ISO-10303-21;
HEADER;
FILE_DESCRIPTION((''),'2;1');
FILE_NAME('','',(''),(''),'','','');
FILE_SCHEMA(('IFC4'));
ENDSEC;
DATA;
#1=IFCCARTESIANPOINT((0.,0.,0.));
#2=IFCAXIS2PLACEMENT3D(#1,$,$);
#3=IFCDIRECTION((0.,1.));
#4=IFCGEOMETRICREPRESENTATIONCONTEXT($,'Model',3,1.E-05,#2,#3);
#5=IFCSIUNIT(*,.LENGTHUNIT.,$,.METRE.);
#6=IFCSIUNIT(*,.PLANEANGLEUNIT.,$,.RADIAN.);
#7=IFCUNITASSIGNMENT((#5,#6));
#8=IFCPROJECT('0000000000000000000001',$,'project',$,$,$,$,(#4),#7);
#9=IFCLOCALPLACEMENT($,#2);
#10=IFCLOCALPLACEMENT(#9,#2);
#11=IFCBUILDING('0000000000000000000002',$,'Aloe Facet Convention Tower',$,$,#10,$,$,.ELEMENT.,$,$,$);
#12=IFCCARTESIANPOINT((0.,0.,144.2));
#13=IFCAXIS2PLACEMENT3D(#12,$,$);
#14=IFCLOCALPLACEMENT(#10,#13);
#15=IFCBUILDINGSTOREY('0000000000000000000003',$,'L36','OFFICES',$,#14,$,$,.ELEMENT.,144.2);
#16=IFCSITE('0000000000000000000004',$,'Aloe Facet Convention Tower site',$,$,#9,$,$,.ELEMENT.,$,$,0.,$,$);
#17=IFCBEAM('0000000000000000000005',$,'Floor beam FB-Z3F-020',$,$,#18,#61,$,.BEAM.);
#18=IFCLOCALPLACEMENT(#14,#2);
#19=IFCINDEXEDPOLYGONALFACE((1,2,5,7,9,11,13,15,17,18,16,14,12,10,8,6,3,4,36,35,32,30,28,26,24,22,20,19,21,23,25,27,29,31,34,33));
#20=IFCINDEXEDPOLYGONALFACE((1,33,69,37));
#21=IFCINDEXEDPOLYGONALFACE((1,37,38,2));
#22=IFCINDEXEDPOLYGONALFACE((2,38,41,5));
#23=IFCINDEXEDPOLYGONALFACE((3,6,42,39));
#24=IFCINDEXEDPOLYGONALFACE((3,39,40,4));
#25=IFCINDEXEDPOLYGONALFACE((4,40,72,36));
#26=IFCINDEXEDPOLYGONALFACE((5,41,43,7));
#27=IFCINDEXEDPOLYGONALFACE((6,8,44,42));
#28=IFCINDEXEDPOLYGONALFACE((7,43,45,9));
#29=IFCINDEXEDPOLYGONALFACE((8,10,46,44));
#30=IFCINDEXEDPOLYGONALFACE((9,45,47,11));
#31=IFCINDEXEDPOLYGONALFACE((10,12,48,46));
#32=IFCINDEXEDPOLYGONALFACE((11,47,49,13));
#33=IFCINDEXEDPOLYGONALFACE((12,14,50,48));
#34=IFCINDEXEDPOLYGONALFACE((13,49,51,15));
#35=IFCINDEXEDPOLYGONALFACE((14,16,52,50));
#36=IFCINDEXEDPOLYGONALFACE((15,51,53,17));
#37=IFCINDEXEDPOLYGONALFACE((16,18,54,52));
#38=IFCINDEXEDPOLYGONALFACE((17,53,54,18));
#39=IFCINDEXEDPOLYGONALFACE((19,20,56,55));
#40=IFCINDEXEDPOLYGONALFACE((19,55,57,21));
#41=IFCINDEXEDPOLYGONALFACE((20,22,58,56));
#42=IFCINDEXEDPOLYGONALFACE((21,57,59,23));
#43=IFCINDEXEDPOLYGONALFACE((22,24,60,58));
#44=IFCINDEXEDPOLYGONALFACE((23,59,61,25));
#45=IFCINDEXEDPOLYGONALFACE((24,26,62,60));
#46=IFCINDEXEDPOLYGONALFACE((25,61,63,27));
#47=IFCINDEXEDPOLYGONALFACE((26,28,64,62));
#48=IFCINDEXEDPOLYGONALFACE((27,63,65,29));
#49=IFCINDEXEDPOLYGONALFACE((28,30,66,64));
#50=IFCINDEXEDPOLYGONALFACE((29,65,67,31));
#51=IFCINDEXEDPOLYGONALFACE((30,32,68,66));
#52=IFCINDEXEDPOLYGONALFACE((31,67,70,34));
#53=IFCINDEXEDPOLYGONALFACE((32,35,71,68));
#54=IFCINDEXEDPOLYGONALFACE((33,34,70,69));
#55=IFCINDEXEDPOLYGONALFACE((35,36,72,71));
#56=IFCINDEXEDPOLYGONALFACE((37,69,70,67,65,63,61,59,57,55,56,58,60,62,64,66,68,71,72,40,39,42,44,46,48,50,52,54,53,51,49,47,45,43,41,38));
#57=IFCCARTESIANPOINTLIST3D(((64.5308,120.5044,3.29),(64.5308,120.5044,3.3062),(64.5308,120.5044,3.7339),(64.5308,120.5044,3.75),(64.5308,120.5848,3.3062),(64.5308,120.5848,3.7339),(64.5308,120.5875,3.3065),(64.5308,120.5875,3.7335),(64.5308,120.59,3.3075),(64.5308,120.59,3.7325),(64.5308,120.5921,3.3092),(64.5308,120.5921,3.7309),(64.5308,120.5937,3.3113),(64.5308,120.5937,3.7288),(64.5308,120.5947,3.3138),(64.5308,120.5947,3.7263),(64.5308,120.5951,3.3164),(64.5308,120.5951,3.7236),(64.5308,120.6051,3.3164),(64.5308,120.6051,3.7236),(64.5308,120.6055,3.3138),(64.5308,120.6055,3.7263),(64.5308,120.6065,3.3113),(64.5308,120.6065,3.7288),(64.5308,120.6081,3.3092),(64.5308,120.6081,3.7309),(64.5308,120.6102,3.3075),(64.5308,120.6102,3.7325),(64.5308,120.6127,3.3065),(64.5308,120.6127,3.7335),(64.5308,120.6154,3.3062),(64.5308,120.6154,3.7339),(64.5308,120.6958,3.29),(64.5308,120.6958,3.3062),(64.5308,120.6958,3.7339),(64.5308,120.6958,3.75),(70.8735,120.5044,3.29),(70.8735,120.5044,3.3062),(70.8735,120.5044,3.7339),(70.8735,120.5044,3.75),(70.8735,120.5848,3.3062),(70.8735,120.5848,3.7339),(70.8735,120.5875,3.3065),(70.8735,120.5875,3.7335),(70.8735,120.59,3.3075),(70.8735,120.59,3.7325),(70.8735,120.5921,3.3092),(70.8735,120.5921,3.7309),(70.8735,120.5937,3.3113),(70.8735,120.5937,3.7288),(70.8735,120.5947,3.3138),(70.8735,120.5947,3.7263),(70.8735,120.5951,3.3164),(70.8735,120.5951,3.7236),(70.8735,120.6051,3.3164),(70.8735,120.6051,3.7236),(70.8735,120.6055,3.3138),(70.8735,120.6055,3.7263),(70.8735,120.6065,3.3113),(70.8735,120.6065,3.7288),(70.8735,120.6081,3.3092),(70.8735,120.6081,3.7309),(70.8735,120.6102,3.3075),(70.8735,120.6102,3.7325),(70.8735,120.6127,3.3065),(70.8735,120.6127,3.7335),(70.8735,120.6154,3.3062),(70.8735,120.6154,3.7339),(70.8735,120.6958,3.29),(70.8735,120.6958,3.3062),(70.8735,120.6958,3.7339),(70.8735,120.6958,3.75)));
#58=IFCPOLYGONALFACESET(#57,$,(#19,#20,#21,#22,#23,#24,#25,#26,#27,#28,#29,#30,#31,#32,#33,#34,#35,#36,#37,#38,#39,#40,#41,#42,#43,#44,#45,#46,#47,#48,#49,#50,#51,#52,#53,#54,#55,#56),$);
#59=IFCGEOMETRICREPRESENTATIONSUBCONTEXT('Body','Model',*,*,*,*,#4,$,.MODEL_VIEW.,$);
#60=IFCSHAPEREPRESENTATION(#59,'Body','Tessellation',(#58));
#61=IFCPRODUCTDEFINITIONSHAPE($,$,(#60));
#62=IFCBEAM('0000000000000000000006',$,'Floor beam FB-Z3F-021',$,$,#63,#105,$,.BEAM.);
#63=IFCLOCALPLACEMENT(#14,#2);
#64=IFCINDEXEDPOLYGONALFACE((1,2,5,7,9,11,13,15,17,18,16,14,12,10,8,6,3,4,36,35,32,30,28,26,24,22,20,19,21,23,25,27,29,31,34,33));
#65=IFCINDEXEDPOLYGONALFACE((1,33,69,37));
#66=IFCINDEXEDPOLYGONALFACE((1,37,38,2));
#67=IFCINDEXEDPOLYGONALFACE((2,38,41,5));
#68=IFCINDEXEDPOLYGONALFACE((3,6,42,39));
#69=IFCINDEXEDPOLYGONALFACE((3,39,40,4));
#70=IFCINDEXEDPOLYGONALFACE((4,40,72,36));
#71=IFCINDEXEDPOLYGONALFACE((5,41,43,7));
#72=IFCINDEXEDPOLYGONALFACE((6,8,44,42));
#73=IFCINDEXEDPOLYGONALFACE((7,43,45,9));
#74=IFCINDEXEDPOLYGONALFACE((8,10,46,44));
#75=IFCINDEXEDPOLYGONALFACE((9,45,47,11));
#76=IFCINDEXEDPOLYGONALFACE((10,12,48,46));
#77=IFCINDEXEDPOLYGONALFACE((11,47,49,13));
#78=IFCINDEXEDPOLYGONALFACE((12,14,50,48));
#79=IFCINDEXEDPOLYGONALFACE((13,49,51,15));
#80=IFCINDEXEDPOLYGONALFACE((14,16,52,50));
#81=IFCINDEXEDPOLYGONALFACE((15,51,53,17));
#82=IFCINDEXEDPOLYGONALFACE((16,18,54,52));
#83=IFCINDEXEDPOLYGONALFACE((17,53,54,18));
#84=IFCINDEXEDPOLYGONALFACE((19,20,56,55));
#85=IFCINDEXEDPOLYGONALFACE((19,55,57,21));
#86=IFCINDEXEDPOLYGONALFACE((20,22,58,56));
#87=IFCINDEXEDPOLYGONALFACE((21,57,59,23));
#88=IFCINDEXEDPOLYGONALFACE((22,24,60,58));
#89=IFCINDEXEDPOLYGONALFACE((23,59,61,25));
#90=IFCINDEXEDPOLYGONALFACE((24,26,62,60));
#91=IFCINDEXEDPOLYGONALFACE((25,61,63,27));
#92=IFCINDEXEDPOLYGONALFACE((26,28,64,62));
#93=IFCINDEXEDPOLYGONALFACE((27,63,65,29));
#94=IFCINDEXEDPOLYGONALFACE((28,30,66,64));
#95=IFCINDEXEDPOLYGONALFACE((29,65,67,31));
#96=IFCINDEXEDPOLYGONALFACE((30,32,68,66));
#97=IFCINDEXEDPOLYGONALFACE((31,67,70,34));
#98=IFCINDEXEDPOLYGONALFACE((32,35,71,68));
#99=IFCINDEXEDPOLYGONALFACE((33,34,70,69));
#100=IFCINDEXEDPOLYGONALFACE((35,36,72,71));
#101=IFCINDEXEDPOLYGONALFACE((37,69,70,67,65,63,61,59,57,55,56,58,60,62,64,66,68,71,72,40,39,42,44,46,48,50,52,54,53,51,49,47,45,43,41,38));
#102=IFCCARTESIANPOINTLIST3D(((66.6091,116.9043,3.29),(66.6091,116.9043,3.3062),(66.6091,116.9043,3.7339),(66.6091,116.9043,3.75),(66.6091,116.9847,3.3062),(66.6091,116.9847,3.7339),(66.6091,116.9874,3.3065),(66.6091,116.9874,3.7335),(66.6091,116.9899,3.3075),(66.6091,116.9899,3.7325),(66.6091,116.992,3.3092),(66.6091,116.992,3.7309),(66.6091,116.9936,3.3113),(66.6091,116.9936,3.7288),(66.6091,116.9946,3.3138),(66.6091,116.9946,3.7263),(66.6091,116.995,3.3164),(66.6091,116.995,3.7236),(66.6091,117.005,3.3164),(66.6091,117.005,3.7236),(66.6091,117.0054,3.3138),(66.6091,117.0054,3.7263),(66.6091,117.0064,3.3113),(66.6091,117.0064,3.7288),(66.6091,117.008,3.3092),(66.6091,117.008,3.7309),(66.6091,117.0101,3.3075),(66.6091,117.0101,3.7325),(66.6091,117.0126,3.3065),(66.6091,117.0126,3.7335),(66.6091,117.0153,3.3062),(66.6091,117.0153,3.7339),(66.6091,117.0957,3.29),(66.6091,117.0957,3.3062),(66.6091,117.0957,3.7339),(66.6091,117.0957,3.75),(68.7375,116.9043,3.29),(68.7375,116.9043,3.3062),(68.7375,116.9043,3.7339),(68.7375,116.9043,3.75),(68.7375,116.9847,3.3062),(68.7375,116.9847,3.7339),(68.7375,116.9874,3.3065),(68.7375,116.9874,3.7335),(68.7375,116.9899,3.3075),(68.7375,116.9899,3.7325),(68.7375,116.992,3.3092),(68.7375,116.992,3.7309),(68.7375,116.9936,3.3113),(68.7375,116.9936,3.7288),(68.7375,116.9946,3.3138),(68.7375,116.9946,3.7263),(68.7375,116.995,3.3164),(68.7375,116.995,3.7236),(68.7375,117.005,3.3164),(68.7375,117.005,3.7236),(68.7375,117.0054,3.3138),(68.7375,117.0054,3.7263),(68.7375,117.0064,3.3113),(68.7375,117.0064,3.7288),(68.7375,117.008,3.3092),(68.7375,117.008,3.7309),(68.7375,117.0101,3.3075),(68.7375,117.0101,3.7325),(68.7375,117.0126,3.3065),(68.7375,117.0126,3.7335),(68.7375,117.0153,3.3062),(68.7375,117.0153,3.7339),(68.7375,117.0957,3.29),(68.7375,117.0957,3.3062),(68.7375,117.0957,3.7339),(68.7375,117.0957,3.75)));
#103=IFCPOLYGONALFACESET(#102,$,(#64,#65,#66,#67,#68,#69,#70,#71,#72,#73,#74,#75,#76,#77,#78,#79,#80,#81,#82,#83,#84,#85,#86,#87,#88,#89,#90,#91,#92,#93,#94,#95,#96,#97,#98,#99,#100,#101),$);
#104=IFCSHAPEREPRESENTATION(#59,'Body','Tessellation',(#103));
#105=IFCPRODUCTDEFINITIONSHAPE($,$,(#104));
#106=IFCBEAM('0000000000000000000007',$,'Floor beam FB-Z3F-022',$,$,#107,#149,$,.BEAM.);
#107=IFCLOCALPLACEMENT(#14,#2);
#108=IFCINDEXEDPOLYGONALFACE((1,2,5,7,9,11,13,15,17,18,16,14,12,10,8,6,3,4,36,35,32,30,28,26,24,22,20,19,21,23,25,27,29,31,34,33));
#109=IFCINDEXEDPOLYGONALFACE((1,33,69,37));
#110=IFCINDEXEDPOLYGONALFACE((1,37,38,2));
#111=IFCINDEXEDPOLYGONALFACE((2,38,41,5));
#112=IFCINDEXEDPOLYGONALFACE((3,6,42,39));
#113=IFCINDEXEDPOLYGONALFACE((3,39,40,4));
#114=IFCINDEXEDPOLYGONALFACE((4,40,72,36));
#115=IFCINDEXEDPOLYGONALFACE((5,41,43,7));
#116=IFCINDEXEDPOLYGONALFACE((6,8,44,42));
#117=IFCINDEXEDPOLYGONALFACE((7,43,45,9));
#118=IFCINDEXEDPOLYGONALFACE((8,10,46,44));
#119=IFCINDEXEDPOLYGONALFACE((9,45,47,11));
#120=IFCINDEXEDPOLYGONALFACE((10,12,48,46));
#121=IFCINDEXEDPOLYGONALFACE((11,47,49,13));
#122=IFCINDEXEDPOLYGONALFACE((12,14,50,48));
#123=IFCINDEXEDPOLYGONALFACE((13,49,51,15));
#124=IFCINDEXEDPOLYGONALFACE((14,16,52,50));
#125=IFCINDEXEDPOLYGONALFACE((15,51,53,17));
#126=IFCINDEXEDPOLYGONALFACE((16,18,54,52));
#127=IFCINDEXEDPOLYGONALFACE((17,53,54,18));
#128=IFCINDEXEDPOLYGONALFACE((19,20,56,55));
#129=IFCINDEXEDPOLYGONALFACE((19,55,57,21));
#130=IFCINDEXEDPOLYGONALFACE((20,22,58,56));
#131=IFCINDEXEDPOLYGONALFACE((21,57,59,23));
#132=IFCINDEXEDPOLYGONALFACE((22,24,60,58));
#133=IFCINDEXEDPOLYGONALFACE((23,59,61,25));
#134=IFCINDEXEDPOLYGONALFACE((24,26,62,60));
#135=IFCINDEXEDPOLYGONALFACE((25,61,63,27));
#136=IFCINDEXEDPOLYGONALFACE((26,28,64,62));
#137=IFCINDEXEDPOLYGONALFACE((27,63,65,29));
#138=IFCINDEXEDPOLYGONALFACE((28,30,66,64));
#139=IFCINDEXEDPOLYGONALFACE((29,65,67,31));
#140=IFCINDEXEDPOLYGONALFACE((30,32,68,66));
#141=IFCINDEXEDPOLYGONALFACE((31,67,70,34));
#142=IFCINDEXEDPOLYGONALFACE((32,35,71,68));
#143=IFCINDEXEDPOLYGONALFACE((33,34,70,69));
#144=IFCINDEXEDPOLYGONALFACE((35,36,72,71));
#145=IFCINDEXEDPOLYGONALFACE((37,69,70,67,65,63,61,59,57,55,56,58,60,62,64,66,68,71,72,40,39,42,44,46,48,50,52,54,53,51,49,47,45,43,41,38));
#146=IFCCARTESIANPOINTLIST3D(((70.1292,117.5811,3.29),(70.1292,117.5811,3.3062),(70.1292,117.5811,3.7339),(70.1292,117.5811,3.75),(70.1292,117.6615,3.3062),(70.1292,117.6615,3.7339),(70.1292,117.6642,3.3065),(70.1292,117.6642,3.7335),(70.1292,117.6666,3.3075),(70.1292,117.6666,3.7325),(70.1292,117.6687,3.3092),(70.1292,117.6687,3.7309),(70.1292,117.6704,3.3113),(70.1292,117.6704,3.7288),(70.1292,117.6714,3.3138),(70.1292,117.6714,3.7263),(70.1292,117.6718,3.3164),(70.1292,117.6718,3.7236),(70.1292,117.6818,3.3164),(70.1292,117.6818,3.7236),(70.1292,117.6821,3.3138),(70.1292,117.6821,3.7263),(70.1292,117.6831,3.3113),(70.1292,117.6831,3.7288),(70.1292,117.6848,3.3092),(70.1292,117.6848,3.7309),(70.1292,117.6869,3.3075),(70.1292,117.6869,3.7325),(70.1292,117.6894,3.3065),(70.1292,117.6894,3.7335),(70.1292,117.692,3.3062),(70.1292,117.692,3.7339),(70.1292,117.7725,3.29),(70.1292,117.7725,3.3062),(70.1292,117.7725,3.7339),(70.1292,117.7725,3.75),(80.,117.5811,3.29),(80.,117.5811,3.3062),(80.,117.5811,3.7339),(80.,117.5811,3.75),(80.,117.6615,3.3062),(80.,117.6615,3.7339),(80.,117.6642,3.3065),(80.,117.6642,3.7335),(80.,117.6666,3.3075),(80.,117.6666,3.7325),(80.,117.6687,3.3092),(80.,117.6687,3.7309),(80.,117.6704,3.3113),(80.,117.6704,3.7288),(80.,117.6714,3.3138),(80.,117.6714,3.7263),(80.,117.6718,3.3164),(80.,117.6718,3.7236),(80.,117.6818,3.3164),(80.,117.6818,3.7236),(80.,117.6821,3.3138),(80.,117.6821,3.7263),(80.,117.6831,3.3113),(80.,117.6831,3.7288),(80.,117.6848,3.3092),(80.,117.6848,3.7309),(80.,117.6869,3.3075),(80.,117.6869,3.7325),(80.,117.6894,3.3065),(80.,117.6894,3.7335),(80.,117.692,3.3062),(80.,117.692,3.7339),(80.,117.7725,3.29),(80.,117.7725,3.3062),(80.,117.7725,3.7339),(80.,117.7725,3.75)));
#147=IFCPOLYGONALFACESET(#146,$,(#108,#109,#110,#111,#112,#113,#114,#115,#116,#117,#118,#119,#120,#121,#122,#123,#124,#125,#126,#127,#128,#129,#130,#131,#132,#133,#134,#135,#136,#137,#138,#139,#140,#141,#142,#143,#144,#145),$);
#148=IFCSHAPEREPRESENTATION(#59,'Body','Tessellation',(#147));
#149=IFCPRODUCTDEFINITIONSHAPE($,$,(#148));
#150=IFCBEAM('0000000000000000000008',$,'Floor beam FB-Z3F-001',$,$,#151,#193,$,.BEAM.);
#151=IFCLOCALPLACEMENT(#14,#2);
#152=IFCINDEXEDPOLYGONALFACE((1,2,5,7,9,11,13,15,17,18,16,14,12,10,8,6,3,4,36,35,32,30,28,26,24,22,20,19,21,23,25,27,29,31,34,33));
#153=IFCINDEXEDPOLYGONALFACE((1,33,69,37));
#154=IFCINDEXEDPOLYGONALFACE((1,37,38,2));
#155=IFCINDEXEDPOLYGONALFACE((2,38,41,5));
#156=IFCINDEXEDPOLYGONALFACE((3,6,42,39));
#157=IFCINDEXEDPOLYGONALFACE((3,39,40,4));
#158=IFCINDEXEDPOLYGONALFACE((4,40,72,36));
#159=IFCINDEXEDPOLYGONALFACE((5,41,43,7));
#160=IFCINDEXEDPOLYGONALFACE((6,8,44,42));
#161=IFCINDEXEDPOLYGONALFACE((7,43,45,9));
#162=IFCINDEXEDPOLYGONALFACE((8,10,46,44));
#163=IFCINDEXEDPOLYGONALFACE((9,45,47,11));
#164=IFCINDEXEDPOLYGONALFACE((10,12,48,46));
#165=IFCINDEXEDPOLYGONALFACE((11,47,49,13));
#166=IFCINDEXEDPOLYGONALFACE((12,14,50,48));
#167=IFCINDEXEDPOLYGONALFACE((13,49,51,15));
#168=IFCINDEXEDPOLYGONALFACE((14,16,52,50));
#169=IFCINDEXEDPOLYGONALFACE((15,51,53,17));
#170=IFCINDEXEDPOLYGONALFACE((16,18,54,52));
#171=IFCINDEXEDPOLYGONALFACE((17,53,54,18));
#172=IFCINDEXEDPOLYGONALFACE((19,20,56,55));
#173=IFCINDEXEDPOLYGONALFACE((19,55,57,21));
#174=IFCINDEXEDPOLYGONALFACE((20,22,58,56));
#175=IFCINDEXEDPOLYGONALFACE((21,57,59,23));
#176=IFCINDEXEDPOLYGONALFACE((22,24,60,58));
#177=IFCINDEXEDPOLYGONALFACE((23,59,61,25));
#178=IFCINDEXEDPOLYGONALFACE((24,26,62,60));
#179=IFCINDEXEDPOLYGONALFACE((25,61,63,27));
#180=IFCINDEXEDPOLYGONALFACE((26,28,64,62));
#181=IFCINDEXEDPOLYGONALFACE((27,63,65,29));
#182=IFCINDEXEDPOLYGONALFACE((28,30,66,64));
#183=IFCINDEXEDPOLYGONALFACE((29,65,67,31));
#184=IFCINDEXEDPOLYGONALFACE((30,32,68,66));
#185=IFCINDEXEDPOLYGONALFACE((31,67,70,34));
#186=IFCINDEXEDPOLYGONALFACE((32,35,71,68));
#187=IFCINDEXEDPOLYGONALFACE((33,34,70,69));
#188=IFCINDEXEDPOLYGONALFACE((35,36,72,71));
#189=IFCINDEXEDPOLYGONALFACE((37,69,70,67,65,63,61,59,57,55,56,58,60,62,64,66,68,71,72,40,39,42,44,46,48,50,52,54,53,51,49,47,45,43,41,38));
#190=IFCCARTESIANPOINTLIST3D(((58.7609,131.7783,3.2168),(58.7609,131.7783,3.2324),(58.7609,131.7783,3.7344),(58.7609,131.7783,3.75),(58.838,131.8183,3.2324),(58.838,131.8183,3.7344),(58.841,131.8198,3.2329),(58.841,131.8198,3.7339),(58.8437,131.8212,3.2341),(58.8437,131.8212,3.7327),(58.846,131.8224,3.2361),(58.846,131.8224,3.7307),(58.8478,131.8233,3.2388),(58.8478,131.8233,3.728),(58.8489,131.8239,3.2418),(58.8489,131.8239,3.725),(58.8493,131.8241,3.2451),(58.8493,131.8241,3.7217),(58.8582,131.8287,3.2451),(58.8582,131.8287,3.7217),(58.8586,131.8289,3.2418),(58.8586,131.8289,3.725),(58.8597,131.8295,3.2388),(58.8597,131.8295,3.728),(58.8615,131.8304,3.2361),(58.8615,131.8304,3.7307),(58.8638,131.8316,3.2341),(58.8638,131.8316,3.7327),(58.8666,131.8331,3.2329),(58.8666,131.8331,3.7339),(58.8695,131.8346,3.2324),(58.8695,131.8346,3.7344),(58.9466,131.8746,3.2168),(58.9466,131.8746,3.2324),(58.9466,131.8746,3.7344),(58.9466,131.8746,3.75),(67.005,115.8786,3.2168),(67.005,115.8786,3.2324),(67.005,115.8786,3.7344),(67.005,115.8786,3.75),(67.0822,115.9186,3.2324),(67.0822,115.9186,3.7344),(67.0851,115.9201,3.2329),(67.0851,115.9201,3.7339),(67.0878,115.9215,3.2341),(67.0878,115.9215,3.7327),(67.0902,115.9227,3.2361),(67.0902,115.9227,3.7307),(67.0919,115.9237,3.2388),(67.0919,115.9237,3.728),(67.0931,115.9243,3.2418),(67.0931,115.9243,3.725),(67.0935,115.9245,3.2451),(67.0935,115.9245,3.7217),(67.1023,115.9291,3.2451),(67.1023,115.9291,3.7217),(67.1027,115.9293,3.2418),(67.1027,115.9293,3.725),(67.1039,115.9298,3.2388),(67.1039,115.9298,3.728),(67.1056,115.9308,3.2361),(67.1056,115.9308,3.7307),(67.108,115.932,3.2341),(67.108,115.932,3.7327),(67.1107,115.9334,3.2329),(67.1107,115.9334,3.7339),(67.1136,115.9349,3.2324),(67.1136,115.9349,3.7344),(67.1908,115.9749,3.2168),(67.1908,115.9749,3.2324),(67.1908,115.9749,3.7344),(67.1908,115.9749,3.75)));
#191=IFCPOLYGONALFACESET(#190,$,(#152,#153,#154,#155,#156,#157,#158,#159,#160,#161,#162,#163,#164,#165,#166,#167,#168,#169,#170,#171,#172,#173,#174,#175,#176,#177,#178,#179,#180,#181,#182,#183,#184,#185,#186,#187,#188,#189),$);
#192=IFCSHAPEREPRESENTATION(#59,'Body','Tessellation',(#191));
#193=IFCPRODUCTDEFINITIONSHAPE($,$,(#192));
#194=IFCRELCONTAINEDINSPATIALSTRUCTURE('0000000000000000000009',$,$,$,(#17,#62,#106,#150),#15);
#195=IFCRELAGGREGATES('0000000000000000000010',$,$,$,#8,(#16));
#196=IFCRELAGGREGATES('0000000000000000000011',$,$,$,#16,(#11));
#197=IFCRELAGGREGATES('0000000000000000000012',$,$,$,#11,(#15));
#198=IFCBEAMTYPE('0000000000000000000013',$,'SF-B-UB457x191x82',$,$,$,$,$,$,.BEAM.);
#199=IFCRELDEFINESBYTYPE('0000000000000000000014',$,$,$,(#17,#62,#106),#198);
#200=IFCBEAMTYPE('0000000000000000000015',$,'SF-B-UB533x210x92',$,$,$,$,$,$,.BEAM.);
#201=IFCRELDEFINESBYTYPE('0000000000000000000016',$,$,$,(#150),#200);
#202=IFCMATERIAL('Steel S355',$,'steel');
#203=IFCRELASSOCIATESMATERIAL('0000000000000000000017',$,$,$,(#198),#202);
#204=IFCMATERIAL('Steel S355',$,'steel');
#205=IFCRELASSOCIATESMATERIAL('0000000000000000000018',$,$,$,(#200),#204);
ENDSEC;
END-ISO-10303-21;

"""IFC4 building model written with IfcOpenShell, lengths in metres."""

from ifc_helpers import new_model, si_unit, direction, frame, origin, origin_2d, place, context, subcontext, project, spatial, i_section, extrude, material, material_profile, profile_set, type_object, element, save


model = new_model("IFC4")

# Units and contexts
model_context = context("Model", 3, precision=1e-05, world=origin(), true_north=direction((0.0, 1.0)))
body_context = subcontext(model_context, "Body", "Model", "MODEL_VIEW")
ifc_project = project(units=[si_unit("LENGTHUNIT", "METRE"), si_unit("PLANEANGLEUNIT", "RADIAN")], contexts=[model_context])

# Site, building, storey
site_placement = place(None, origin())
site = spatial("IfcSite", under=ifc_project, at=site_placement, Name="Aloe Facet Convention Tower site", CompositionType="ELEMENT", RefElevation=0.0)
building_placement = place(site_placement, origin())
building = spatial("IfcBuilding", under=site, at=building_placement, Name="Aloe Facet Convention Tower", CompositionType="ELEMENT")
storey_placement = place(building_placement, frame((0.0, 0.0, 144.2)))
storey = spatial("IfcBuildingStorey", under=building, at=storey_placement, Name="L36", Description="OFFICES", CompositionType="ELEMENT", Elevation=144.2)

# Beams
ifc_material_1 = material(Name="Steel S355", Category="steel")
ifc_material_profile_1 = material_profile(ifc_material_1, i_section(OverallWidth=0.1914, OverallDepth=0.46, WebThickness=0.01, FlangeThickness=0.0161, FilletRadius=0.0103, at=origin_2d()), Name="UB 457x191x82")
ifc_profile_set_1 = profile_set([ifc_material_profile_1], Name="Steel S355")
beam_type_1 = type_object("IfcBeamType", Name="SF-B-UB457x191x82", PredefinedType="BEAM", material=ifc_profile_set_1)
beam_1_placement = place(storey_placement, frame((64.5308, 120.6001, 3.52), z_axis=(1.0, 0.0, 0.0), x_axis=(0.0, 1.0, 0.0)))
element("IfcBeam", 1, at=beam_1_placement, inside=storey, type_object=beam_type_1, Name="Floor beam FB-Z3F-020", PredefinedType="BEAM", context=body_context, shape_type="SweptSolid", body=[
    extrude(i_section(OverallWidth=0.1914, OverallDepth=0.46, WebThickness=0.01, FlangeThickness=0.0161, FilletRadius=0.0103, at=origin_2d()), origin(), (0.0, 0.0, 1.0), 6.3428),
])
beam_2_placement = place(storey_placement, frame((66.6091, 117.0, 3.52), z_axis=(1.0, 0.0, 0.0), x_axis=(0.0, 1.0, 0.0)))
element("IfcBeam", 2, at=beam_2_placement, inside=storey, type_object=beam_type_1, Name="Floor beam FB-Z3F-021", PredefinedType="BEAM", context=body_context, shape_type="SweptSolid", body=[
    extrude(i_section(OverallWidth=0.1914, OverallDepth=0.46, WebThickness=0.01, FlangeThickness=0.0161, FilletRadius=0.0103, at=origin_2d()), origin(), (0.0, 0.0, 1.0), 2.1284),
])
beam_3_placement = place(storey_placement, frame((70.1292, 117.6768, 3.52), z_axis=(1.0, 0.0, 0.0), x_axis=(0.0, 1.0, 0.0)))
element("IfcBeam", 3, at=beam_3_placement, inside=storey, type_object=beam_type_1, Name="Floor beam FB-Z3F-022", PredefinedType="BEAM", context=body_context, shape_type="SweptSolid", body=[
    extrude(i_section(OverallWidth=0.1914, OverallDepth=0.46, WebThickness=0.01, FlangeThickness=0.0161, FilletRadius=0.0103, at=origin_2d()), origin(), (0.0, 0.0, 1.0), 9.8708),
])
ifc_material_2 = material(Name="Steel S355", Category="steel")
ifc_material_profile_2 = material_profile(ifc_material_2, i_section(OverallWidth=0.2092, OverallDepth=0.5332, WebThickness=0.01, FlangeThickness=0.0156, FilletRadius=0.0127, at=origin_2d()), Name="UB 533x210x92")
ifc_profile_set_2 = profile_set([ifc_material_profile_2], Name="Steel S355")
beam_type_2 = type_object("IfcBeamType", Name="SF-B-UB533x210x92", PredefinedType="BEAM", material=ifc_profile_set_2)
beam_4_placement = place(storey_placement, frame((67.0979, 115.9268, 3.4834), z_axis=(-0.460312, 0.887757, 0.0), x_axis=(-0.887757, -0.460312, 0.0)))
element("IfcBeam", 4, at=beam_4_placement, inside=storey, type_object=beam_type_2, Name="Floor beam FB-Z3F-001", PredefinedType="BEAM", context=body_context, shape_type="SweptSolid", body=[
    extrude(i_section(OverallWidth=0.2092, OverallDepth=0.5332, WebThickness=0.01, FlangeThickness=0.0156, FilletRadius=0.0127, at=origin_2d()), origin(), (0.0, 0.0, 1.0), 17.9099),
])

save(model, "model.ifc")
